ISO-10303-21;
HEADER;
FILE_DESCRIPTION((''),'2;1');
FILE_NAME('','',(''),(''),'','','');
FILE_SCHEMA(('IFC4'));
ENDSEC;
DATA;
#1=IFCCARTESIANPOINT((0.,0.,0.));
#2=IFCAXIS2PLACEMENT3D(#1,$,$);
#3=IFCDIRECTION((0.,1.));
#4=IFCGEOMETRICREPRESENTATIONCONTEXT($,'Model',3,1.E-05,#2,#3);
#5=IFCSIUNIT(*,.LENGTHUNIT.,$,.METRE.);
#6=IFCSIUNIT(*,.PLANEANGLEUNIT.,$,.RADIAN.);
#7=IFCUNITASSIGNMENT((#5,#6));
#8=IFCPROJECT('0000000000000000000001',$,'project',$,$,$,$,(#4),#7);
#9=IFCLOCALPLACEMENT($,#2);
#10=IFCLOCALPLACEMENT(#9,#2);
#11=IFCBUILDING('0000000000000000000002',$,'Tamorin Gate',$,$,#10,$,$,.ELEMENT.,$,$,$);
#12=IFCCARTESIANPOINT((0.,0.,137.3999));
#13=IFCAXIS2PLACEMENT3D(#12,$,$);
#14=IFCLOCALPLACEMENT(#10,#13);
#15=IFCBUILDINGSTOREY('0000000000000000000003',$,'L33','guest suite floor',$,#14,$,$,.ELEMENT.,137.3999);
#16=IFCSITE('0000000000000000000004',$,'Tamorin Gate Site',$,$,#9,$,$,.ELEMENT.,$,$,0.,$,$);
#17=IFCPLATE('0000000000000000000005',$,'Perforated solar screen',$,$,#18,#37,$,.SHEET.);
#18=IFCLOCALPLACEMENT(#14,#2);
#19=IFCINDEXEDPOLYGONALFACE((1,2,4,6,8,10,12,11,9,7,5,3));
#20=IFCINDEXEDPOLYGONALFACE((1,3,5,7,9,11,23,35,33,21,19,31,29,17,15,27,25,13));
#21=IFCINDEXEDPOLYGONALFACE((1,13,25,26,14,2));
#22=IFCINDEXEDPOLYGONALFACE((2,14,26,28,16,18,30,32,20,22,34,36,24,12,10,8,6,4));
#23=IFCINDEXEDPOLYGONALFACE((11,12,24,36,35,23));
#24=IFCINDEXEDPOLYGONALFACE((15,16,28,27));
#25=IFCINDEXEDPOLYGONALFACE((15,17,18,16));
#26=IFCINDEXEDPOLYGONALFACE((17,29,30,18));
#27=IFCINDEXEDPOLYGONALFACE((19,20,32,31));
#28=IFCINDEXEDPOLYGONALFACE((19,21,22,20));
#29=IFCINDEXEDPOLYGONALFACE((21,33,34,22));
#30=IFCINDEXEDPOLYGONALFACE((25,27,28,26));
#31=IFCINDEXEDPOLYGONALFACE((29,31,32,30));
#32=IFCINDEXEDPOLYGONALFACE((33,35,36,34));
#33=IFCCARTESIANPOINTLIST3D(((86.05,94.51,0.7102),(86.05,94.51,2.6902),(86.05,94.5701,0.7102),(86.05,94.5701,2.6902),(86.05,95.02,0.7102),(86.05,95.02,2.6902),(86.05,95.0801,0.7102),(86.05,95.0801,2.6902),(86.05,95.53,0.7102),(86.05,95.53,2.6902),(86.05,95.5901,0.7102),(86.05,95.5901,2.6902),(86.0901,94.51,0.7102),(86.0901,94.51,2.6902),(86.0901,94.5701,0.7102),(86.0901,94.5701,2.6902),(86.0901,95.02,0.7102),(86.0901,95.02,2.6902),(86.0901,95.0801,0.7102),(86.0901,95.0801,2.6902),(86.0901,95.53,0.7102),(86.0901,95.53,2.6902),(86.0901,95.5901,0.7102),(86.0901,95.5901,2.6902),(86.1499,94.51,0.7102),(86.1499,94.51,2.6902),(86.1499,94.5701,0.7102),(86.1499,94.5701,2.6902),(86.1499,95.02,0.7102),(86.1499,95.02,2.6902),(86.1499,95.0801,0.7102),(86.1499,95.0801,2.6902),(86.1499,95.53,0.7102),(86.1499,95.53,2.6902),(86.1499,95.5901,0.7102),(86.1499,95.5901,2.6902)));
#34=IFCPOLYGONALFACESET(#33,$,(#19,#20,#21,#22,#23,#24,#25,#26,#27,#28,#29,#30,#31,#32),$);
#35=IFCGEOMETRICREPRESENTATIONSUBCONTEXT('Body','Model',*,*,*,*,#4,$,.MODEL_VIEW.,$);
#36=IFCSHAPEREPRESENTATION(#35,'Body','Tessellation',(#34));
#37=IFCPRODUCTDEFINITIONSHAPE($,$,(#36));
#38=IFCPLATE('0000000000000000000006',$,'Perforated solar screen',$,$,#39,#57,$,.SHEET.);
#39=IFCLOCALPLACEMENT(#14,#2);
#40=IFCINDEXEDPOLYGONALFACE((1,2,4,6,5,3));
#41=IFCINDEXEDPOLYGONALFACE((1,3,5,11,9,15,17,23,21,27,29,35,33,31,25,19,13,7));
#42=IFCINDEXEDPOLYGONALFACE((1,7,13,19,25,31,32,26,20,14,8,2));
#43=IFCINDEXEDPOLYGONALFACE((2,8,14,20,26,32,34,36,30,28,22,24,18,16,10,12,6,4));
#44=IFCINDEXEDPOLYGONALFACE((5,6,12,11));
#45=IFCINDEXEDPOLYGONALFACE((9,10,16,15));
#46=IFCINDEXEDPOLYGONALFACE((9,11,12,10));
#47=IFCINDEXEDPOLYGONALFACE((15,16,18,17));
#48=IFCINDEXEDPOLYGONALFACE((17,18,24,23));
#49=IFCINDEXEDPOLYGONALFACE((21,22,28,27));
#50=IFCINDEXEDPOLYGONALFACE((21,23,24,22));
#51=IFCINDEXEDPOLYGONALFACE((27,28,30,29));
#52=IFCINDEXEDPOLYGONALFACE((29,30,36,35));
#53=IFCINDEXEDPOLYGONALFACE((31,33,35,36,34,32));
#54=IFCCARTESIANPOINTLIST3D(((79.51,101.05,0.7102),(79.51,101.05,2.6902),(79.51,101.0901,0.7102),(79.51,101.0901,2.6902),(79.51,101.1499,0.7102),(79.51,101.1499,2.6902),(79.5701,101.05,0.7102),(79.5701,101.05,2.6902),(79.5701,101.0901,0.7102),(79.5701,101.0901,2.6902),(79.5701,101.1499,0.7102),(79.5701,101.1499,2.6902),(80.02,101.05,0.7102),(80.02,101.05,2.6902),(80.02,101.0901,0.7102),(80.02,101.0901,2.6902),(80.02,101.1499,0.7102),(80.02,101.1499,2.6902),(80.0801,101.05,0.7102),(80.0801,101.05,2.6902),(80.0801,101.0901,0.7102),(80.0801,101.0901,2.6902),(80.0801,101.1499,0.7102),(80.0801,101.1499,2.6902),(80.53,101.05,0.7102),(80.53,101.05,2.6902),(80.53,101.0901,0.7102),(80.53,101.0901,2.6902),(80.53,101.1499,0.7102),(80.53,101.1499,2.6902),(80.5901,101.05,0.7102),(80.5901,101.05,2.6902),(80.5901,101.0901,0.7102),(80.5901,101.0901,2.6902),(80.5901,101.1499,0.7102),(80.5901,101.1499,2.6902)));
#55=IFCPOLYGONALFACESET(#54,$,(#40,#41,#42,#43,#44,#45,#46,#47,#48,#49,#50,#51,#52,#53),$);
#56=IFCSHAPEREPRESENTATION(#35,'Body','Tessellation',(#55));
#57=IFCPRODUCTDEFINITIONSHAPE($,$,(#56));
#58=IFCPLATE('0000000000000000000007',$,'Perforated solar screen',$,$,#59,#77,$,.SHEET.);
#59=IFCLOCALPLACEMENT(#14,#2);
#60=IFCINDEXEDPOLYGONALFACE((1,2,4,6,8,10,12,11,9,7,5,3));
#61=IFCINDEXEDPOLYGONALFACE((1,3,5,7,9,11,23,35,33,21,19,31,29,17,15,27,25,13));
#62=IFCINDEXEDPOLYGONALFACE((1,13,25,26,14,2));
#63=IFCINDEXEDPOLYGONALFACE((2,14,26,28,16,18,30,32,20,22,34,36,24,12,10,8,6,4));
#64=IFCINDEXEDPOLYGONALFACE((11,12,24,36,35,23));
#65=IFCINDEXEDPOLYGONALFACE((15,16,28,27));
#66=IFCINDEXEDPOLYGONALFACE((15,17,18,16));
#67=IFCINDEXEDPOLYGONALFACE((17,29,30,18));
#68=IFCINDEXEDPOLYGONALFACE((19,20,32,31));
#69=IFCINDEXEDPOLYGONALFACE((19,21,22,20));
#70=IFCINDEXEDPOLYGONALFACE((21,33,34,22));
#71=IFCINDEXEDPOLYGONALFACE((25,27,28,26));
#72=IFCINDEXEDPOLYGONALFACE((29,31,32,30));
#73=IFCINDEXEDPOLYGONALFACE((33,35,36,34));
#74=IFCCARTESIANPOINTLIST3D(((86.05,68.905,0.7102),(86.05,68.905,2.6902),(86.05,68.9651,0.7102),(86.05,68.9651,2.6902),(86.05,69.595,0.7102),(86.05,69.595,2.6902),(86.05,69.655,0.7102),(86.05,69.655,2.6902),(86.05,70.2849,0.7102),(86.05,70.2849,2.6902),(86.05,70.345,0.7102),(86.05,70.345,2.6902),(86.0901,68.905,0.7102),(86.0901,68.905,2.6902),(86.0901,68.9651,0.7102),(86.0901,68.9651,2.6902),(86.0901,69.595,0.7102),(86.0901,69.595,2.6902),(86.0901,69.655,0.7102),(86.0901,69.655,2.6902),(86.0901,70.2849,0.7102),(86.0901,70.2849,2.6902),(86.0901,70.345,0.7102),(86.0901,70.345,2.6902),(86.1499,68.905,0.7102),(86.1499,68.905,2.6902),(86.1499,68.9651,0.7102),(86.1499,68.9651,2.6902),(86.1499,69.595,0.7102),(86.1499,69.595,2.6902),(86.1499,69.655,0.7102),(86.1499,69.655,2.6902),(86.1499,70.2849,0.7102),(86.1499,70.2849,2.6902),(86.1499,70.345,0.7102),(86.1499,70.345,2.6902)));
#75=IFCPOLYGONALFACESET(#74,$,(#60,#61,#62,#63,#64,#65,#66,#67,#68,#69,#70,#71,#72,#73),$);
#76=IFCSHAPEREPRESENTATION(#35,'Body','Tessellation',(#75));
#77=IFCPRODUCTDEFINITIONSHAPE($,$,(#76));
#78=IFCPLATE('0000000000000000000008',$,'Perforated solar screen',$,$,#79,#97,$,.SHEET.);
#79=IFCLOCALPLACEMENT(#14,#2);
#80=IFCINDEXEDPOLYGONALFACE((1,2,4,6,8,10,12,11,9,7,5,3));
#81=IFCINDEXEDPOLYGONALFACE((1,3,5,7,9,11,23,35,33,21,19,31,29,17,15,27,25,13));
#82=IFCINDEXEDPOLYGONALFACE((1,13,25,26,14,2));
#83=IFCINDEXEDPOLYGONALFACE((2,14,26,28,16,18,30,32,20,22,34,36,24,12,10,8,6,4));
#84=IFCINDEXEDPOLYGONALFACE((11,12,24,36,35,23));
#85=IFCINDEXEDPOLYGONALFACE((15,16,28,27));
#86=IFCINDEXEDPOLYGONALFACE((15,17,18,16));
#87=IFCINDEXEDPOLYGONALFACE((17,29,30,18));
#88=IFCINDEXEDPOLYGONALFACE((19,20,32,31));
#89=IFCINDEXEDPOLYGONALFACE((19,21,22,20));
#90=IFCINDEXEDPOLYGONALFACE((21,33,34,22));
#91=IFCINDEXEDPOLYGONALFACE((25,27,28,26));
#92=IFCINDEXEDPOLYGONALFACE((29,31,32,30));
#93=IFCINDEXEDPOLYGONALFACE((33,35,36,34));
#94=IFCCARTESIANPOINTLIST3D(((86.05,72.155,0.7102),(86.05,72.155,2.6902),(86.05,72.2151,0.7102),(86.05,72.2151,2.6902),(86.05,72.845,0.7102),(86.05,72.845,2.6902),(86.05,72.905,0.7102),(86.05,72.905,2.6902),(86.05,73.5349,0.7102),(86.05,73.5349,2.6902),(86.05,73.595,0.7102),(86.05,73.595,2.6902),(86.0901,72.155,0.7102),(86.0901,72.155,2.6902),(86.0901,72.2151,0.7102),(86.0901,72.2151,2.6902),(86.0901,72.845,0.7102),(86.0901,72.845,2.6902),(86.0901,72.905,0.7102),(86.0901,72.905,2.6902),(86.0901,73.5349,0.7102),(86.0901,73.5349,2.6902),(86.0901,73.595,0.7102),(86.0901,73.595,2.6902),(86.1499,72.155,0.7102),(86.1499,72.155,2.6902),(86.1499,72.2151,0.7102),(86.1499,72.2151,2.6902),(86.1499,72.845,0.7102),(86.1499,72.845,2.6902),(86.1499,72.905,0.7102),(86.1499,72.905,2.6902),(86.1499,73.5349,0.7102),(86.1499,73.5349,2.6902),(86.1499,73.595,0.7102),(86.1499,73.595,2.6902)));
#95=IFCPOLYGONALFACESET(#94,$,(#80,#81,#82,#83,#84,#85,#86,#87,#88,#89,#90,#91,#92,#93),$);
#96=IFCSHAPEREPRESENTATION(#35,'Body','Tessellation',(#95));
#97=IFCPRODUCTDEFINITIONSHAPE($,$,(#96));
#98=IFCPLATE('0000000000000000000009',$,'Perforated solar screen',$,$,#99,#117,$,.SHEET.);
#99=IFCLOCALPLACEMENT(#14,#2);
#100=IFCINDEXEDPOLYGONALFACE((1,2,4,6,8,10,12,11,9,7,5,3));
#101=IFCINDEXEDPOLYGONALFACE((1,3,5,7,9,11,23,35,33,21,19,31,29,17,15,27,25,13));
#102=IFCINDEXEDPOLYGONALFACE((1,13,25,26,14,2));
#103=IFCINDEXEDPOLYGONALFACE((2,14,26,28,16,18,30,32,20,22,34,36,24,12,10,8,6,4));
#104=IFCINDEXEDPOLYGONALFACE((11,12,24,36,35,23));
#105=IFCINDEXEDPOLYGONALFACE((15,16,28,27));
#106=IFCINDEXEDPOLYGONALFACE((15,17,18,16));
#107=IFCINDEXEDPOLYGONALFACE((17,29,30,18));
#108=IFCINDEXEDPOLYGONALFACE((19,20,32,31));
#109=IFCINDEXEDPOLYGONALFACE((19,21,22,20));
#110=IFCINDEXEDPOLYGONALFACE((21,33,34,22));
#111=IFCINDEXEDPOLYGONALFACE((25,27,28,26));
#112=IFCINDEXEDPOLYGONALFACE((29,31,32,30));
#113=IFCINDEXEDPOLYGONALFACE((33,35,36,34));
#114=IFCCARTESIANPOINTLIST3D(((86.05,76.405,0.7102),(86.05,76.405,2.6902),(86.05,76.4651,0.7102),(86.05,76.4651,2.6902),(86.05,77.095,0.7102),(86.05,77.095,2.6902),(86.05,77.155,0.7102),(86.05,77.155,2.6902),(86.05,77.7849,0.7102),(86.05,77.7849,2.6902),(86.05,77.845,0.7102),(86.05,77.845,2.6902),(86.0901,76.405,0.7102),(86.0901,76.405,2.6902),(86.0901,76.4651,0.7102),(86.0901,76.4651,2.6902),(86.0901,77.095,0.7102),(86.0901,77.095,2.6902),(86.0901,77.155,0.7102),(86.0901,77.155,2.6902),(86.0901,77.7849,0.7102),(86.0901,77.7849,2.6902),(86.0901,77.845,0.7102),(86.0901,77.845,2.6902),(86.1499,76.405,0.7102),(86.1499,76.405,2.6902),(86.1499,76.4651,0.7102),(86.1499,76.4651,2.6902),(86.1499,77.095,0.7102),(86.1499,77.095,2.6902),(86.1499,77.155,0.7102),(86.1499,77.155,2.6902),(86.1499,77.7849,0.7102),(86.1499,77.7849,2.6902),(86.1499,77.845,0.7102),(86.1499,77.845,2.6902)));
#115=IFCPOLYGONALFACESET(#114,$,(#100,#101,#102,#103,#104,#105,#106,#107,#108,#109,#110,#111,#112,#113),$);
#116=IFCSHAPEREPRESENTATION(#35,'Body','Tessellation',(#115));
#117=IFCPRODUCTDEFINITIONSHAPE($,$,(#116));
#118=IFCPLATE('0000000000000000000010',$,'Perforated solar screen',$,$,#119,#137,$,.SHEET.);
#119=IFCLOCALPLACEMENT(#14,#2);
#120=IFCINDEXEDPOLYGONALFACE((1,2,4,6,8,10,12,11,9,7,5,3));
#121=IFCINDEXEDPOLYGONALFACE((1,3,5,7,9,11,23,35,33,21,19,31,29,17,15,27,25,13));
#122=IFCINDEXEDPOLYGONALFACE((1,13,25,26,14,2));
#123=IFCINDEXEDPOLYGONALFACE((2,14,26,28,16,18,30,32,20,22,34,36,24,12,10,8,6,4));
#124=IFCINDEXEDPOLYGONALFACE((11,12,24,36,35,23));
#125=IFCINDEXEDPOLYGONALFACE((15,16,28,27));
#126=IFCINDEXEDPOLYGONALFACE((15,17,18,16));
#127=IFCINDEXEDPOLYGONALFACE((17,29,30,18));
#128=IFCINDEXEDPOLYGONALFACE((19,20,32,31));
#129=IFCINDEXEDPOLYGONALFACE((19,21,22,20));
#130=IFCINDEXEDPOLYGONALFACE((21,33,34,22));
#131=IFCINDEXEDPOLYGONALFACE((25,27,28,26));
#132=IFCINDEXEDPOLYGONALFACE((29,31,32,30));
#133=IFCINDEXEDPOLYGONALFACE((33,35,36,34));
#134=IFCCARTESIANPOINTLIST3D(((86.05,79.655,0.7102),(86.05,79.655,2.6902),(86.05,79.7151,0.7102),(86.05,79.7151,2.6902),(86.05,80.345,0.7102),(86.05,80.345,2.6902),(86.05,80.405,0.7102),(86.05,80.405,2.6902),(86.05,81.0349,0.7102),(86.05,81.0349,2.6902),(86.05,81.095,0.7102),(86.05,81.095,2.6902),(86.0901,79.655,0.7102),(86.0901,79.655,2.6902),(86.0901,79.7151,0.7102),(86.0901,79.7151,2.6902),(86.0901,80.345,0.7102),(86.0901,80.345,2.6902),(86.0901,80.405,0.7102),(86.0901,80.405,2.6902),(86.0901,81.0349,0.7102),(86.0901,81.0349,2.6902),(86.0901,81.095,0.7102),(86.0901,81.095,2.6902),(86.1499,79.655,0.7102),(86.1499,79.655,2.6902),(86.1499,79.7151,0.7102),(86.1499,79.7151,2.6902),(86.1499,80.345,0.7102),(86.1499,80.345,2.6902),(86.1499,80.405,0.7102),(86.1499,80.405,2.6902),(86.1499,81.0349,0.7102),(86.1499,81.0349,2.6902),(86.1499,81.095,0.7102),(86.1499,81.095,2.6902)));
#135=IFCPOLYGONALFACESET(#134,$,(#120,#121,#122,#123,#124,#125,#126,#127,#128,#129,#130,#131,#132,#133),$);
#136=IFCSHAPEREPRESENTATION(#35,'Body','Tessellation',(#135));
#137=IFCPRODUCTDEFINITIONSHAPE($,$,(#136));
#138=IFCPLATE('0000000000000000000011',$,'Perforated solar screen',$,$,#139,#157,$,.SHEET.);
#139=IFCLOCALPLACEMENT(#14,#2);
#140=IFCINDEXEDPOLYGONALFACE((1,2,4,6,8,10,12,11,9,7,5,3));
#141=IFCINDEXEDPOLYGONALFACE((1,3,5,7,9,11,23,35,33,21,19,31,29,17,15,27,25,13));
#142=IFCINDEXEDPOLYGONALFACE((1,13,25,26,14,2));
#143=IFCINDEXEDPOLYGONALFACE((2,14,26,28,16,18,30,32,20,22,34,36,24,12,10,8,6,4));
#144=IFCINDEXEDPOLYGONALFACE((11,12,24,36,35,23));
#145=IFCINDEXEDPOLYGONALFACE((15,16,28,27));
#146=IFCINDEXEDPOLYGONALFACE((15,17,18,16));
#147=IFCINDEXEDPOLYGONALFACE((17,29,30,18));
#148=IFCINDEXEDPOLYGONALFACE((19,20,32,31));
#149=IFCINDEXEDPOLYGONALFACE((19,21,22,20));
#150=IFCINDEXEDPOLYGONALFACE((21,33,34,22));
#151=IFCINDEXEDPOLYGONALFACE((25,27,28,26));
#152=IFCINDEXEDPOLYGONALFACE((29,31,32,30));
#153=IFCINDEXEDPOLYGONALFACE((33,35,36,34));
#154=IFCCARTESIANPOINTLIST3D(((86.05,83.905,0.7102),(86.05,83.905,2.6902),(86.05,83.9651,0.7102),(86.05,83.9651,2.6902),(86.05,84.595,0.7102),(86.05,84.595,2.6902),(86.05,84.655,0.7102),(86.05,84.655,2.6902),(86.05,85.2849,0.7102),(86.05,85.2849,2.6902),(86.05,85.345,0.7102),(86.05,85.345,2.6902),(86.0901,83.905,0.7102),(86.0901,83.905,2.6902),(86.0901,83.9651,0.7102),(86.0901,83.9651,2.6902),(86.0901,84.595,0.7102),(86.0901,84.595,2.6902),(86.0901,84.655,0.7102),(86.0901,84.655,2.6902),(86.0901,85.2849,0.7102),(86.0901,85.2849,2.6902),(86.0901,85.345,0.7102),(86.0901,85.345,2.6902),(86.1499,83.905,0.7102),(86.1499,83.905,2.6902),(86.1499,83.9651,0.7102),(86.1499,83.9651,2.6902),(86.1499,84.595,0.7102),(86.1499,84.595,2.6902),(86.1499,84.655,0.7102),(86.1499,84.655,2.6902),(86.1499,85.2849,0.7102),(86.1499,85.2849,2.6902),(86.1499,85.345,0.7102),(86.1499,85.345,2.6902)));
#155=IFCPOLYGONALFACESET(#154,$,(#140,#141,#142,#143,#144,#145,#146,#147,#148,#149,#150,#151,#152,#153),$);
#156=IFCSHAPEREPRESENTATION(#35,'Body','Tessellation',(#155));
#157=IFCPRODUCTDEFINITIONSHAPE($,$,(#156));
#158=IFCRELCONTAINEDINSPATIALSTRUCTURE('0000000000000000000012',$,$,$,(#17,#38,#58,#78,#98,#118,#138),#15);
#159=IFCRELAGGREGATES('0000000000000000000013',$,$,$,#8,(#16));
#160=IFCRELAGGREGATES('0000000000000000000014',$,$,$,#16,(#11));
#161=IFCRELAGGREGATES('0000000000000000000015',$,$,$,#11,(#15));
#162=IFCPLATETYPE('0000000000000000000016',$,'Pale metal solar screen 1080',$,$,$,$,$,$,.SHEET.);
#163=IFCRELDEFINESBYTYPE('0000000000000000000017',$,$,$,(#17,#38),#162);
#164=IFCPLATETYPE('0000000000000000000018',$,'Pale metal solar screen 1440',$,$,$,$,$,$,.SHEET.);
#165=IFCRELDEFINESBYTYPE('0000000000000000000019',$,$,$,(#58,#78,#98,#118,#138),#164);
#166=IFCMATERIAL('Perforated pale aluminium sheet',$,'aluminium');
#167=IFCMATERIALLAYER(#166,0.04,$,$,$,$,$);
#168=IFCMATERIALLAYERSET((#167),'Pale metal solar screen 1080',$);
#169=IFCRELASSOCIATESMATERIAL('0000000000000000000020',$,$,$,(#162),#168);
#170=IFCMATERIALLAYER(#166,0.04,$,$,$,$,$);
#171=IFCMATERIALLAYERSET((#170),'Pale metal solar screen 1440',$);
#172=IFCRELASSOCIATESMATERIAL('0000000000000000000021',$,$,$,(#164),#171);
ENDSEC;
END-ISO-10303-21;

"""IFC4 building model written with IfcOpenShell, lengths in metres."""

from ifc_helpers import new_model, si_unit, direction, frame, origin, place, context, subcontext, project, spatial, polyline, outline, extrude, material, layer, layer_set, type_object, element, save


model = new_model("IFC4")

# Units and contexts
model_context = context("Model", 3, precision=1e-05, world=origin(), true_north=direction((0.0, 1.0)))
body_context = subcontext(model_context, "Body", "Model", "MODEL_VIEW")
ifc_project = project(units=[si_unit("LENGTHUNIT", "METRE"), si_unit("PLANEANGLEUNIT", "RADIAN")], contexts=[model_context])

# Site, building, storey
site_placement = place(None, origin())
site = spatial("IfcSite", under=ifc_project, at=site_placement, Name="Tamorin Gate Site", CompositionType="ELEMENT", RefElevation=0.0)
building_placement = place(site_placement, origin())
building = spatial("IfcBuilding", under=site, at=building_placement, Name="Tamorin Gate", CompositionType="ELEMENT")
storey_placement = place(building_placement, frame((0.0, 0.0, 137.3999)))
storey = spatial("IfcBuildingStorey", under=building, at=storey_placement, Name="L33", Description="guest suite floor", CompositionType="ELEMENT", Elevation=137.3999)

# Plates
ifc_material = material(Name="Perforated pale aluminium sheet", Category="aluminium")
ifc_layer_1 = layer(ifc_material, 0.04)
ifc_layer_set_1 = layer_set([ifc_layer_1], Name="Pale metal solar screen 1080")
plate_type_1 = type_object("IfcPlateType", Name="Pale metal solar screen 1080", PredefinedType="SHEET", material=ifc_layer_set_1)
plate_1_placement = place(storey_placement, frame((0.0, 0.0, 0.7102)))
element("IfcPlate", 1, at=plate_1_placement, inside=storey, type_object=plate_type_1, Name="Perforated solar screen", PredefinedType="SHEET", context=body_context, shape_type="SweptSolid", body=[
    extrude(outline(polyline([(86.0901, 94.51), (86.05, 94.51), (86.05, 94.5701), (86.05, 95.02), (86.05, 95.0801), (86.05, 95.53), (86.05, 95.5901), (86.0901, 95.5901), (86.1499, 95.5901), (86.1499, 95.53), (86.0901, 95.53), (86.0901, 95.0801), (86.1499, 95.0801), (86.1499, 95.02), (86.0901, 95.02), (86.0901, 94.5701), (86.1499, 94.5701), (86.1499, 94.51), (86.0901, 94.51)])), origin(), (0.0, 0.0, 1.0), 1.98),
])
plate_2_placement = place(storey_placement, frame((0.0, 0.0, 0.7102)))
element("IfcPlate", 2, at=plate_2_placement, inside=storey, type_object=plate_type_1, Name="Perforated solar screen", PredefinedType="SHEET", context=body_context, shape_type="SweptSolid", body=[
    extrude(outline(polyline([(80.5901, 101.0901), (80.5901, 101.05), (80.53, 101.05), (80.0801, 101.05), (80.02, 101.05), (79.5701, 101.05), (79.51, 101.05), (79.51, 101.0901), (79.51, 101.1499), (79.5701, 101.1499), (79.5701, 101.0901), (80.02, 101.0901), (80.02, 101.1499), (80.0801, 101.1499), (80.0801, 101.0901), (80.53, 101.0901), (80.53, 101.1499), (80.5901, 101.1499), (80.5901, 101.0901)])), origin(), (0.0, 0.0, 1.0), 1.98),
])
ifc_layer_2 = layer(ifc_material, 0.04)
ifc_layer_set_2 = layer_set([ifc_layer_2], Name="Pale metal solar screen 1440")
plate_type_2 = type_object("IfcPlateType", Name="Pale metal solar screen 1440", PredefinedType="SHEET", material=ifc_layer_set_2)
plate_3_placement = place(storey_placement, frame((0.0, 0.0, 0.7102)))
element("IfcPlate", 3, at=plate_3_placement, inside=storey, type_object=plate_type_2, Name="Perforated solar screen", PredefinedType="SHEET", context=body_context, shape_type="SweptSolid", body=[
    extrude(outline(polyline([(86.0901, 68.905), (86.05, 68.905), (86.05, 68.9651), (86.05, 69.595), (86.05, 69.655), (86.05, 70.2849), (86.05, 70.345), (86.0901, 70.345), (86.1499, 70.345), (86.1499, 70.2849), (86.0901, 70.2849), (86.0901, 69.655), (86.1499, 69.655), (86.1499, 69.595), (86.0901, 69.595), (86.0901, 68.9651), (86.1499, 68.9651), (86.1499, 68.905), (86.0901, 68.905)])), origin(), (0.0, 0.0, 1.0), 1.98),
])
plate_4_placement = place(storey_placement, frame((0.0, 0.0, 0.7102)))
element("IfcPlate", 4, at=plate_4_placement, inside=storey, type_object=plate_type_2, Name="Perforated solar screen", PredefinedType="SHEET", context=body_context, shape_type="SweptSolid", body=[
    extrude(outline(polyline([(86.0901, 72.155), (86.05, 72.155), (86.05, 72.2151), (86.05, 72.845), (86.05, 72.905), (86.05, 73.5349), (86.05, 73.595), (86.0901, 73.595), (86.1499, 73.595), (86.1499, 73.5349), (86.0901, 73.5349), (86.0901, 72.905), (86.1499, 72.905), (86.1499, 72.845), (86.0901, 72.845), (86.0901, 72.2151), (86.1499, 72.2151), (86.1499, 72.155), (86.0901, 72.155)])), origin(), (0.0, 0.0, 1.0), 1.98),
])
plate_5_placement = place(storey_placement, frame((0.0, 0.0, 0.7102)))
element("IfcPlate", 5, at=plate_5_placement, inside=storey, type_object=plate_type_2, Name="Perforated solar screen", PredefinedType="SHEET", context=body_context, shape_type="SweptSolid", body=[
    extrude(outline(polyline([(86.0901, 76.405), (86.05, 76.405), (86.05, 76.4651), (86.05, 77.095), (86.05, 77.155), (86.05, 77.7849), (86.05, 77.845), (86.0901, 77.845), (86.1499, 77.845), (86.1499, 77.7849), (86.0901, 77.7849), (86.0901, 77.155), (86.1499, 77.155), (86.1499, 77.095), (86.0901, 77.095), (86.0901, 76.4651), (86.1499, 76.4651), (86.1499, 76.405), (86.0901, 76.405)])), origin(), (0.0, 0.0, 1.0), 1.98),
])
plate_6_placement = place(storey_placement, frame((0.0, 0.0, 0.7102)))
element("IfcPlate", 6, at=plate_6_placement, inside=storey, type_object=plate_type_2, Name="Perforated solar screen", PredefinedType="SHEET", context=body_context, shape_type="SweptSolid", body=[
    extrude(outline(polyline([(86.0901, 79.655), (86.05, 79.655), (86.05, 79.7151), (86.05, 80.345), (86.05, 80.405), (86.05, 81.0349), (86.05, 81.095), (86.0901, 81.095), (86.1499, 81.095), (86.1499, 81.0349), (86.0901, 81.0349), (86.0901, 80.405), (86.1499, 80.405), (86.1499, 80.345), (86.0901, 80.345), (86.0901, 79.7151), (86.1499, 79.7151), (86.1499, 79.655), (86.0901, 79.655)])), origin(), (0.0, 0.0, 1.0), 1.98),
])
plate_7_placement = place(storey_placement, frame((0.0, 0.0, 0.7102)))
element("IfcPlate", 7, at=plate_7_placement, inside=storey, type_object=plate_type_2, Name="Perforated solar screen", PredefinedType="SHEET", context=body_context, shape_type="SweptSolid", body=[
    extrude(outline(polyline([(86.0901, 83.905), (86.05, 83.905), (86.05, 83.9651), (86.05, 84.595), (86.05, 84.655), (86.05, 85.2849), (86.05, 85.345), (86.0901, 85.345), (86.1499, 85.345), (86.1499, 85.2849), (86.0901, 85.2849), (86.0901, 84.655), (86.1499, 84.655), (86.1499, 84.595), (86.0901, 84.595), (86.0901, 83.9651), (86.1499, 83.9651), (86.1499, 83.905), (86.0901, 83.905)])), origin(), (0.0, 0.0, 1.0), 1.98),
])

save(model, "model.ifc")
